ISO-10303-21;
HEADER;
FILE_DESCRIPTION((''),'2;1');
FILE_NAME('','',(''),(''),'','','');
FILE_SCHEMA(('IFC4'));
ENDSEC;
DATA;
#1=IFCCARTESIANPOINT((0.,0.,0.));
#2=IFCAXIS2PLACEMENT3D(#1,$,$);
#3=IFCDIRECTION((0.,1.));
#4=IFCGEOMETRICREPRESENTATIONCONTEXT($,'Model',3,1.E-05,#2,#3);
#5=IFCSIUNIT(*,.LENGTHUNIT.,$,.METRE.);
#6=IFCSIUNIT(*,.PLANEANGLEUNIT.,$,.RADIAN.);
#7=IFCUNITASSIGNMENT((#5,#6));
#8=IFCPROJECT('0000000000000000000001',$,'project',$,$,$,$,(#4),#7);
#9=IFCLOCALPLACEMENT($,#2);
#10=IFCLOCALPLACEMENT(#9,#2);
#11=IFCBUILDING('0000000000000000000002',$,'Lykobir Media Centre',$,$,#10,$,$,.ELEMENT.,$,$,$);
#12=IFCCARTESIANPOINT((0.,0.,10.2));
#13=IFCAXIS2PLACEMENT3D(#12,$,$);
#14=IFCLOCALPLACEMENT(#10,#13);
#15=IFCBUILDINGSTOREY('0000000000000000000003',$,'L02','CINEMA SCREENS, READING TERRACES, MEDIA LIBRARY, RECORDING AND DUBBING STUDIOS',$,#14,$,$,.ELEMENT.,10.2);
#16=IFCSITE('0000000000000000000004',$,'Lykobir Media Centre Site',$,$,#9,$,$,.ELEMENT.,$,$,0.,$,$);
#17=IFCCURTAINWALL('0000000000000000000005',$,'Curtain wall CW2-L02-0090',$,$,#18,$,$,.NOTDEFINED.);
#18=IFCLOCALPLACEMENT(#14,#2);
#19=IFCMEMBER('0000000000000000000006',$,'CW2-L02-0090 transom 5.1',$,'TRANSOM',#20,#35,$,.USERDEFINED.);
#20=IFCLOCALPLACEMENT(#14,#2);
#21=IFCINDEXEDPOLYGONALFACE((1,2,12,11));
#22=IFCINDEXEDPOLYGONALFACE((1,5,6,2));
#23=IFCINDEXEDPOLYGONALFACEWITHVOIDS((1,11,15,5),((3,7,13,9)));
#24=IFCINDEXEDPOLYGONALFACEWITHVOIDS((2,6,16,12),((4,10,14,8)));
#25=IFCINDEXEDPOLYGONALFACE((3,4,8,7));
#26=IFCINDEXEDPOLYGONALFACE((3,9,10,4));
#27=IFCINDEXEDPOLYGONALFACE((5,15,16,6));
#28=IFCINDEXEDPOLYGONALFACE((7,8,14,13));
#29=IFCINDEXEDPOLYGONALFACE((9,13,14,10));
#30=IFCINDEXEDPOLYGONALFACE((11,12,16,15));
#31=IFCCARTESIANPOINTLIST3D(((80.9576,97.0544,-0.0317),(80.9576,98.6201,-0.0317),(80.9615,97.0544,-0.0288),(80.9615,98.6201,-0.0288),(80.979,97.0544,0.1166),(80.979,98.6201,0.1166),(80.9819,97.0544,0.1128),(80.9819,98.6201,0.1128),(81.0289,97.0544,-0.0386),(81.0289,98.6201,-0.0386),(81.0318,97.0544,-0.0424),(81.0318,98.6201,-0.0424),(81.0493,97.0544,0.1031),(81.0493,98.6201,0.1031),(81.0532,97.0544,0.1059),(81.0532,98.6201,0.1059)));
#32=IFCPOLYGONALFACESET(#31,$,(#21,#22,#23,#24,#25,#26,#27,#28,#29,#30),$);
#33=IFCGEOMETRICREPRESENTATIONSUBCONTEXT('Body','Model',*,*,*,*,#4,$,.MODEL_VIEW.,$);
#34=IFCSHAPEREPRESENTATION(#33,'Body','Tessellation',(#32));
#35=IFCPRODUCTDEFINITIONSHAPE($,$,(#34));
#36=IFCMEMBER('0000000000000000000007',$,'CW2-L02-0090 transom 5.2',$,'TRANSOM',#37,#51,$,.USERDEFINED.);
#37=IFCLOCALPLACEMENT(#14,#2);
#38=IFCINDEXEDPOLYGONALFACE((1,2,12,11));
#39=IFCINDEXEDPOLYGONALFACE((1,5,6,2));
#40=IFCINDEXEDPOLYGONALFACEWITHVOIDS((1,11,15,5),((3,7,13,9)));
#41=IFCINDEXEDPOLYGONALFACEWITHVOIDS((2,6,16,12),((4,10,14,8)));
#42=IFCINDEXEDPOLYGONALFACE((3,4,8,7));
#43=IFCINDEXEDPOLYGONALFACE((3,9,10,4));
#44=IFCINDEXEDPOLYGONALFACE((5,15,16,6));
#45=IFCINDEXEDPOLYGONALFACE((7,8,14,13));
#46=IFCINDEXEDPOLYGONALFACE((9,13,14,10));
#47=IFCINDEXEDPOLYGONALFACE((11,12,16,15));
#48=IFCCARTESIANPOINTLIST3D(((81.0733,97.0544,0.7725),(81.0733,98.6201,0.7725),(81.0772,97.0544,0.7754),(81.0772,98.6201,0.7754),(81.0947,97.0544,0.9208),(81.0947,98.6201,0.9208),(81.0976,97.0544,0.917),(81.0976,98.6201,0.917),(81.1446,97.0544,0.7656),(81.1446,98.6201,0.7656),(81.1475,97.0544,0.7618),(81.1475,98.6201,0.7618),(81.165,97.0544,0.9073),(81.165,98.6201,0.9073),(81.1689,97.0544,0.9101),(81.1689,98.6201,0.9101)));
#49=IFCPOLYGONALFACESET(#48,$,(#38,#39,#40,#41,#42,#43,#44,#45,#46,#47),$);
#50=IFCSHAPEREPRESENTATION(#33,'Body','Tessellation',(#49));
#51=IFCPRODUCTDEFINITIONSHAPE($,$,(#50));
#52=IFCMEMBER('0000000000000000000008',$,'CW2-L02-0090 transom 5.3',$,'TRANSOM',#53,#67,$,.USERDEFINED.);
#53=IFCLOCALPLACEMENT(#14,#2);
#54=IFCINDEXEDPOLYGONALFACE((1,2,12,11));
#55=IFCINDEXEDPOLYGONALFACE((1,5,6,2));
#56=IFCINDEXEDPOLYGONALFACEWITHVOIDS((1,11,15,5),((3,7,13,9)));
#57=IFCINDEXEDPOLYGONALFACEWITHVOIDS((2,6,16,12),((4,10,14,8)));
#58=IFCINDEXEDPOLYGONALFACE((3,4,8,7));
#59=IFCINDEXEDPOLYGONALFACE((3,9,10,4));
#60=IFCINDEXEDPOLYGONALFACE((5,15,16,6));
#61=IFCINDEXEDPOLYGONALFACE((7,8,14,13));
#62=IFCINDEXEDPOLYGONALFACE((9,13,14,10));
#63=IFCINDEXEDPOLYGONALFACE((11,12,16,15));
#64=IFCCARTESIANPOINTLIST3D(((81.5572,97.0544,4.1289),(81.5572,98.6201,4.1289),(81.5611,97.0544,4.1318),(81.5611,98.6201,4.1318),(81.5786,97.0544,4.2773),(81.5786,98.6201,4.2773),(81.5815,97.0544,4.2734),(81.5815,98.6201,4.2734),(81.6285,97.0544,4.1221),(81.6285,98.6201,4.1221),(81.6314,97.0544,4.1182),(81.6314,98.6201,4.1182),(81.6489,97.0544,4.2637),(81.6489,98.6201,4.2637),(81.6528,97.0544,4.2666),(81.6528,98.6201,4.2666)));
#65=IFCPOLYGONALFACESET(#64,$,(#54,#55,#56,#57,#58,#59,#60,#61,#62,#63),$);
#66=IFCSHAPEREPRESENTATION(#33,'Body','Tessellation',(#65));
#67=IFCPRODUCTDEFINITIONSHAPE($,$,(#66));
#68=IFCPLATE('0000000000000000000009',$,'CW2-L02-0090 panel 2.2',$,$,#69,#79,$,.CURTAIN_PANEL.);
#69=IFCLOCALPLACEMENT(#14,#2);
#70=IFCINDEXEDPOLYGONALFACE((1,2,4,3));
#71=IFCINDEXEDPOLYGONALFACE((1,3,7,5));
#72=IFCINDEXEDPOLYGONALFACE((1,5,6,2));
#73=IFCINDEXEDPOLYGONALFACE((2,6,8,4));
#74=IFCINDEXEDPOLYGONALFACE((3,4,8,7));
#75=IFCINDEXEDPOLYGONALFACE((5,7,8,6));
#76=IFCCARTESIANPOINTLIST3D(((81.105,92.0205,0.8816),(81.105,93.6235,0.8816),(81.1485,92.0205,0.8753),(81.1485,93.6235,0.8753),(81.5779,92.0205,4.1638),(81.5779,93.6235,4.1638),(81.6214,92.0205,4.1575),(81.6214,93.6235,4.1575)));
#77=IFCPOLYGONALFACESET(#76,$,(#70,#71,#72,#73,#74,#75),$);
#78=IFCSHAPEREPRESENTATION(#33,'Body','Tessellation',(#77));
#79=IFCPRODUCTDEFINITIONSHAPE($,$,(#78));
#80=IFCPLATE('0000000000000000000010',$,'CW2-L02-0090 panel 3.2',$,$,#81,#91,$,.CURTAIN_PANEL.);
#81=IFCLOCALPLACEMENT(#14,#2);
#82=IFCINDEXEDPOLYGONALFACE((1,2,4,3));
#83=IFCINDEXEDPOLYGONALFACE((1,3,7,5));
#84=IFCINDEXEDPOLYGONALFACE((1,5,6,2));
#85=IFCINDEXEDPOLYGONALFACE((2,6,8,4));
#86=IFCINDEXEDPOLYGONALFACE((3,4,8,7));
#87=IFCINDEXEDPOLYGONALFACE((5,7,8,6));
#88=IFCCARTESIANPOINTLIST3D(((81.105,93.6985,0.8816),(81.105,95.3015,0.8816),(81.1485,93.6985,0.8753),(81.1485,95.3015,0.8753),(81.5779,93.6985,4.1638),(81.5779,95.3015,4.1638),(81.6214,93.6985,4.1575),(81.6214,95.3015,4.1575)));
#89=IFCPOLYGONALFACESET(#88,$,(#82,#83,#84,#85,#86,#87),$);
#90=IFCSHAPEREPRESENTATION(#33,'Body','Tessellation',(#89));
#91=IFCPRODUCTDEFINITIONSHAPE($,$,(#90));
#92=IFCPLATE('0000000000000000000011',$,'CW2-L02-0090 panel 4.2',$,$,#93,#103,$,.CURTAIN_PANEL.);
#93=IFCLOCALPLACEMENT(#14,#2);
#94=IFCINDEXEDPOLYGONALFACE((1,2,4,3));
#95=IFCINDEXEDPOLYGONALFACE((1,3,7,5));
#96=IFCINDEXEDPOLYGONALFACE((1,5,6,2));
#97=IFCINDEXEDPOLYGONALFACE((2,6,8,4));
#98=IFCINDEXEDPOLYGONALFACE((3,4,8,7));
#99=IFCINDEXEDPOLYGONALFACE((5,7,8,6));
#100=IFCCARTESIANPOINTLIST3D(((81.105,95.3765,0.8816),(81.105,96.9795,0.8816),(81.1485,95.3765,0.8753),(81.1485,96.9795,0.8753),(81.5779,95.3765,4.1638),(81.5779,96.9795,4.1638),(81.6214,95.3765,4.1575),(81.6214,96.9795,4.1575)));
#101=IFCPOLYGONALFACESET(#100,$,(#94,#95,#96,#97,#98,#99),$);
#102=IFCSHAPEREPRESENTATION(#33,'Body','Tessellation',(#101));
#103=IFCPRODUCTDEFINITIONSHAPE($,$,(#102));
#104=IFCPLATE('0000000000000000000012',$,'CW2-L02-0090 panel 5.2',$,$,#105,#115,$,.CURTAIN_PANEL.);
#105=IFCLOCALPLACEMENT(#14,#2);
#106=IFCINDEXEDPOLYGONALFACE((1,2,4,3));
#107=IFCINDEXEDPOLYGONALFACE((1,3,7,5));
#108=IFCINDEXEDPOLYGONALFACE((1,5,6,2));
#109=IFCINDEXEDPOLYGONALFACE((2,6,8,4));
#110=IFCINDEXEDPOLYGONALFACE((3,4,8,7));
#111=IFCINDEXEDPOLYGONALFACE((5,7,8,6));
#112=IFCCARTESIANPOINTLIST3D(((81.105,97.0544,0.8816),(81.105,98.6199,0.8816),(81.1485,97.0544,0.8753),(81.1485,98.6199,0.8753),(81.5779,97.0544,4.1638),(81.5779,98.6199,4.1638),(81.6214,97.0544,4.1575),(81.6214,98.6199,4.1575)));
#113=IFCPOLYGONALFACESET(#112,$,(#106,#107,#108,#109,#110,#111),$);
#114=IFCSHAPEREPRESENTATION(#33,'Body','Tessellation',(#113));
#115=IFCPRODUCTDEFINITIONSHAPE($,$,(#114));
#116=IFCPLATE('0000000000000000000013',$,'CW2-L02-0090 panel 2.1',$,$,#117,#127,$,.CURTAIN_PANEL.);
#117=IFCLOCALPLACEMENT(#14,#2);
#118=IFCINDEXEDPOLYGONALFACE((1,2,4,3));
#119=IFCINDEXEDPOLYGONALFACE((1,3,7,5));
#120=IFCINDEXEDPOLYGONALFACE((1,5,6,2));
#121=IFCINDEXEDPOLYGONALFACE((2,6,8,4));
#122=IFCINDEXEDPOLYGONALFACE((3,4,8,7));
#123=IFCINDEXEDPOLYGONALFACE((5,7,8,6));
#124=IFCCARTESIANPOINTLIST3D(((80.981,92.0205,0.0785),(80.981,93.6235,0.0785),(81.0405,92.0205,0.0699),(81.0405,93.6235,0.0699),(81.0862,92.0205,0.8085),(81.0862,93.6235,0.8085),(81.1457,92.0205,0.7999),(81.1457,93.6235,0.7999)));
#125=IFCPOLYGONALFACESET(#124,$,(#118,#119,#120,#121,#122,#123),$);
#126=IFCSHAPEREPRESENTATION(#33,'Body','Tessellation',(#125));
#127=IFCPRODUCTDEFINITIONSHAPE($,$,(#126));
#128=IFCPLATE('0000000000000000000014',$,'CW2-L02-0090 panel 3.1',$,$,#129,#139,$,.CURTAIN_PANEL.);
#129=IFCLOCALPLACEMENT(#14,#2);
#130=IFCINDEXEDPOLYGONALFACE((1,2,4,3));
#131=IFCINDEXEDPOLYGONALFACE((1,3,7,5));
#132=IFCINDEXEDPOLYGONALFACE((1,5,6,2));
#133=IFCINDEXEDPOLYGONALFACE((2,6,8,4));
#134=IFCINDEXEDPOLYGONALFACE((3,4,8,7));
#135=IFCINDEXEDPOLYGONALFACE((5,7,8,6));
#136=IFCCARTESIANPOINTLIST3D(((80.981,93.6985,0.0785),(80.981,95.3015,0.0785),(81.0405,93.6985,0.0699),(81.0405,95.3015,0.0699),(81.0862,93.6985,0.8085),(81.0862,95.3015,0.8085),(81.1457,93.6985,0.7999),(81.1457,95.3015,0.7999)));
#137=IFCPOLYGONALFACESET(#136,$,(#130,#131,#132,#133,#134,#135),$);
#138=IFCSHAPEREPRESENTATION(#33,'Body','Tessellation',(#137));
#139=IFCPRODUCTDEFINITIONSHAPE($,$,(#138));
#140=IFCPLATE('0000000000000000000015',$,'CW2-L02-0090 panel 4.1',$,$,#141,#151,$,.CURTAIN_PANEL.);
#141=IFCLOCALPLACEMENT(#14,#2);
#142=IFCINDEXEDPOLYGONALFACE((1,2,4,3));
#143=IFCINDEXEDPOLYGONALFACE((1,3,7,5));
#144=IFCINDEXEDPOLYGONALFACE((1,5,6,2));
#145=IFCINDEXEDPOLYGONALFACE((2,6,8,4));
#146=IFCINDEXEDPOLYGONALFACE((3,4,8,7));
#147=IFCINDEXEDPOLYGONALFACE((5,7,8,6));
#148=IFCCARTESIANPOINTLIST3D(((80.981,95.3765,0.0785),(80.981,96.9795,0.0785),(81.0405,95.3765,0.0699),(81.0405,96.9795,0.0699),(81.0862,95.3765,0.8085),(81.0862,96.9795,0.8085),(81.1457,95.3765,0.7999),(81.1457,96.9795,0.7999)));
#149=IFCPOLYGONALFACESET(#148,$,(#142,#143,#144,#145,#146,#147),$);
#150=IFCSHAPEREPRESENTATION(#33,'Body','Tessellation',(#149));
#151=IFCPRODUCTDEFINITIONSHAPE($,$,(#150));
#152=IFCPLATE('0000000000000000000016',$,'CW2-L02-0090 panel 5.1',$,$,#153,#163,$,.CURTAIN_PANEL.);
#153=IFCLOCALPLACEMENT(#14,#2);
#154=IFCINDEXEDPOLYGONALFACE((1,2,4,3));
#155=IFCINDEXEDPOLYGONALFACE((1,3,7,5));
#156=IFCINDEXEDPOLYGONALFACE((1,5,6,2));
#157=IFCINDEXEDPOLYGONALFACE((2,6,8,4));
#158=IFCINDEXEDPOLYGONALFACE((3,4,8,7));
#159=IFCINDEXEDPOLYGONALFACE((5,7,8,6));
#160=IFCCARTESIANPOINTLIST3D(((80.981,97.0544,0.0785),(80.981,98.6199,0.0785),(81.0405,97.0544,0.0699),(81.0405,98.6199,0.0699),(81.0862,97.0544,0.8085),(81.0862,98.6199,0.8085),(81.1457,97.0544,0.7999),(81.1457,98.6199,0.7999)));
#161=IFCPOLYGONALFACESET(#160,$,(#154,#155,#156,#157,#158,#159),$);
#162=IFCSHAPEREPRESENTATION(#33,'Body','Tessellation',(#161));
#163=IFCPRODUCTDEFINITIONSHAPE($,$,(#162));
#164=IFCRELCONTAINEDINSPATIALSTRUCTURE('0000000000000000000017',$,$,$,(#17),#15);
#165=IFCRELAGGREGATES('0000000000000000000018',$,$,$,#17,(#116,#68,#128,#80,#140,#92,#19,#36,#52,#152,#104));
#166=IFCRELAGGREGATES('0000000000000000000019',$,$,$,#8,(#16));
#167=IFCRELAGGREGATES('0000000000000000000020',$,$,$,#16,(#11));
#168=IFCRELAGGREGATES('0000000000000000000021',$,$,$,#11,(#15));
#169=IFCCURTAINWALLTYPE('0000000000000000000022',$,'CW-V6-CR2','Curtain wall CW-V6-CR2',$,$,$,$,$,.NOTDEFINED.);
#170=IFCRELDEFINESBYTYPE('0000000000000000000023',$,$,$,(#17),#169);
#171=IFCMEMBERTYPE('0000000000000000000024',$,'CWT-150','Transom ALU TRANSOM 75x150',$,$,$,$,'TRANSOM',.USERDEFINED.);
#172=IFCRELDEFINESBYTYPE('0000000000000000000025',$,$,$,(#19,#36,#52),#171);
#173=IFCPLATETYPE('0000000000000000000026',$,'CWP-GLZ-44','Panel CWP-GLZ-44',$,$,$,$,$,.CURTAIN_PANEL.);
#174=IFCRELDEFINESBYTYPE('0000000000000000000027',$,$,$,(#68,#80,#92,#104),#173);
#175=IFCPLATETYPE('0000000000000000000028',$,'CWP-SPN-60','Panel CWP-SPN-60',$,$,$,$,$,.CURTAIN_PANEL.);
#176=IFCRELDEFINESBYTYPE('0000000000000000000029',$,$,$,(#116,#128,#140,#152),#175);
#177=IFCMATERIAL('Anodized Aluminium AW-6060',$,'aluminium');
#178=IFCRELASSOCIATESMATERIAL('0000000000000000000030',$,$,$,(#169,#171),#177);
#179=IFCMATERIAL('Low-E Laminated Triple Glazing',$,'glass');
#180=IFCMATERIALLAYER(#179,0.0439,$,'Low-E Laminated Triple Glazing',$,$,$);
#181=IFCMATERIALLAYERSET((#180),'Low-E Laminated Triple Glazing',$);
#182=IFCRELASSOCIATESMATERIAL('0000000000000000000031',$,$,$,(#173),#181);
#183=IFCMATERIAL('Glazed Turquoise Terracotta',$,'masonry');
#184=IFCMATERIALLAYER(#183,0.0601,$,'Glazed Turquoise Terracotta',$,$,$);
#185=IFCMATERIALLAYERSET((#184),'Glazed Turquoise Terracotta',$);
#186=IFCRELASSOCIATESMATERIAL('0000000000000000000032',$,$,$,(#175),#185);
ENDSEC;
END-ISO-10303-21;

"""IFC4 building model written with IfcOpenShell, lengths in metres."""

from ifc_helpers import new_model, si_unit, direction, frame, origin, origin_2d, place, context, subcontext, project, spatial, rectangle, hollow_rectangle, extrude, material, layer, layer_set, material_profile, profile_set, type_object, element, aggregate, save


model = new_model("IFC4")

# Units and contexts
model_context = context("Model", 3, precision=1e-05, world=origin(), true_north=direction((0.0, 1.0)))
body_context = subcontext(model_context, "Body", "Model", "MODEL_VIEW")
ifc_project = project(units=[si_unit("LENGTHUNIT", "METRE"), si_unit("PLANEANGLEUNIT", "RADIAN")], contexts=[model_context])

# Site, building, storey
site_placement = place(None, origin())
site = spatial("IfcSite", under=ifc_project, at=site_placement, Name="Lykobir Media Centre Site", CompositionType="ELEMENT", RefElevation=0.0)
building_placement = place(site_placement, origin())
building = spatial("IfcBuilding", under=site, at=building_placement, Name="Lykobir Media Centre", CompositionType="ELEMENT")
storey_placement = place(building_placement, frame((0.0, 0.0, 10.2)))
storey = spatial("IfcBuildingStorey", under=building, at=storey_placement, Name="L02", Description="CINEMA SCREENS, READING TERRACES, MEDIA LIBRARY, RECORDING AND DUBBING STUDIOS", CompositionType="ELEMENT", Elevation=10.2)

# Curtain wall, members, plates
ifc_material_1 = material(Name="Anodized Aluminium AW-6060", Category="aluminium")
curtain_wall_type = type_object("IfcCurtainWallType", Name="CW-V6-CR2", Description="Curtain wall CW-V6-CR2", PredefinedType="NOTDEFINED", material=ifc_material_1)
curtain_wall_placement = place(storey_placement, origin())
curtain_wall = element("IfcCurtainWall", 1, at=curtain_wall_placement, inside=storey, type_object=curtain_wall_type, Name="Curtain wall CW2-L02-0090", PredefinedType="NOTDEFINED")
ifc_material_profile_1 = material_profile(ifc_material_1, hollow_rectangle(XDim=0.075, YDim=0.1499, WallThickness=0.0034, at=origin_2d()), Name="ALU TRANSOM 75x150")
ifc_profile_set_1 = profile_set([ifc_material_profile_1], Name="Anodized Aluminium AW-6060")
member_type_1 = type_object("IfcMemberType", Name="CWT-150", Description="Transom ALU TRANSOM 75x150", ElementType="TRANSOM", PredefinedType="USERDEFINED", material=ifc_profile_set_1)
member_1_placement = place(storey_placement, frame((81.0054, 97.0544, 0.0371), z_axis=(0.0, 1.0, 0.0), x_axis=(-0.989776, 0.0, 0.142629)))
member_1 = element("IfcMember", 2, at=member_1_placement, type_object=member_type_1, Name="CW2-L02-0090 transom 5.1", ObjectType="TRANSOM", PredefinedType="USERDEFINED", context=body_context, shape_type="SweptSolid", body=[
    extrude(hollow_rectangle(XDim=0.075, YDim=0.1499, WallThickness=0.0034, at=origin_2d()), origin(), (0.0, 0.0, 1.0), 1.5657),
])
member_2_placement = place(storey_placement, frame((81.1211, 97.0544, 0.8413), z_axis=(0.0, 1.0, 0.0), x_axis=(-0.989776, 0.0, 0.142629)))
member_2 = element("IfcMember", 3, at=member_2_placement, type_object=member_type_1, Name="CW2-L02-0090 transom 5.2", ObjectType="TRANSOM", PredefinedType="USERDEFINED", context=body_context, shape_type="SweptSolid", body=[
    extrude(hollow_rectangle(XDim=0.075, YDim=0.1499, WallThickness=0.0034, at=origin_2d()), origin(), (0.0, 0.0, 1.0), 1.5657),
])
member_3_placement = place(storey_placement, frame((81.605, 97.0544, 4.1978), z_axis=(0.0, 1.0, 0.0), x_axis=(-0.989776, 0.0, 0.142629)))
member_3 = element("IfcMember", 4, at=member_3_placement, type_object=member_type_1, Name="CW2-L02-0090 transom 5.3", ObjectType="TRANSOM", PredefinedType="USERDEFINED", context=body_context, shape_type="SweptSolid", body=[
    extrude(hollow_rectangle(XDim=0.075, YDim=0.1499, WallThickness=0.0034, at=origin_2d()), origin(), (0.0, 0.0, 1.0), 1.5657),
])
ifc_material_2 = material(Name="Low-E Laminated Triple Glazing", Category="glass")
ifc_layer_1 = layer(ifc_material_2, 0.0439, Name="Low-E Laminated Triple Glazing")
ifc_layer_set_1 = layer_set([ifc_layer_1], Name="Low-E Laminated Triple Glazing")
plate_type_1 = type_object("IfcPlateType", Name="CWP-GLZ-44", Description="Panel CWP-GLZ-44", PredefinedType="CURTAIN_PANEL", material=ifc_layer_set_1)
plate_1_placement = place(storey_placement, frame((81.1267, 92.822, 0.8784), z_axis=(0.142629, 0.0, 0.989776), x_axis=(0.0, 1.0, 0.0)))
plate_1 = element("IfcPlate", 5, at=plate_1_placement, type_object=plate_type_1, Name="CW2-L02-0090 panel 2.2", PredefinedType="CURTAIN_PANEL", context=body_context, shape_type="SweptSolid", body=[
    extrude(rectangle(XDim=1.603, YDim=0.0439, at=origin_2d()), origin(), (0.0, 0.0, 1.0), 3.3162),
])
plate_2_placement = place(storey_placement, frame((81.1267, 94.5, 0.8784), z_axis=(0.142629, 0.0, 0.989776), x_axis=(0.0, 1.0, 0.0)))
plate_2 = element("IfcPlate", 6, at=plate_2_placement, type_object=plate_type_1, Name="CW2-L02-0090 panel 3.2", PredefinedType="CURTAIN_PANEL", context=body_context, shape_type="SweptSolid", body=[
    extrude(rectangle(XDim=1.603, YDim=0.0439, at=origin_2d()), origin(), (0.0, 0.0, 1.0), 3.3162),
])
plate_3_placement = place(storey_placement, frame((81.1267, 96.178, 0.8784), z_axis=(0.142629, 0.0, 0.989776), x_axis=(0.0, 1.0, 0.0)))
plate_3 = element("IfcPlate", 7, at=plate_3_placement, type_object=plate_type_1, Name="CW2-L02-0090 panel 4.2", PredefinedType="CURTAIN_PANEL", context=body_context, shape_type="SweptSolid", body=[
    extrude(rectangle(XDim=1.603, YDim=0.0439, at=origin_2d()), origin(), (0.0, 0.0, 1.0), 3.3162),
])
plate_4_placement = place(storey_placement, frame((81.1267, 97.8372, 0.8784), z_axis=(0.142629, 0.0, 0.989776), x_axis=(0.0, 1.0, 0.0)))
plate_4 = element("IfcPlate", 8, at=plate_4_placement, type_object=plate_type_1, Name="CW2-L02-0090 panel 5.2", PredefinedType="CURTAIN_PANEL", context=body_context, shape_type="SweptSolid", body=[
    extrude(rectangle(XDim=1.5654, YDim=0.0439, at=origin_2d()), origin(), (0.0, 0.0, 1.0), 3.3162),
])
ifc_material_3 = material(Name="Glazed Turquoise Terracotta", Category="masonry")
ifc_layer_2 = layer(ifc_material_3, 0.0601, Name="Glazed Turquoise Terracotta")
ifc_layer_set_2 = layer_set([ifc_layer_2], Name="Glazed Turquoise Terracotta")
plate_type_2 = type_object("IfcPlateType", Name="CWP-SPN-60", Description="Panel CWP-SPN-60", PredefinedType="CURTAIN_PANEL", material=ifc_layer_set_2)
plate_5_placement = place(storey_placement, frame((81.0107, 92.822, 0.0742), z_axis=(0.142629, 0.0, 0.989776), x_axis=(0.0, 1.0, 0.0)))
plate_5 = element("IfcPlate", 9, at=plate_5_placement, type_object=plate_type_2, Name="CW2-L02-0090 panel 2.1", PredefinedType="CURTAIN_PANEL", context=body_context, shape_type="SweptSolid", body=[
    extrude(rectangle(XDim=1.603, YDim=0.0601, at=origin_2d()), origin(), (0.0, 0.0, 1.0), 0.7375),
])
plate_6_placement = place(storey_placement, frame((81.0107, 94.5, 0.0742), z_axis=(0.142629, 0.0, 0.989776), x_axis=(0.0, 1.0, 0.0)))
plate_6 = element("IfcPlate", 10, at=plate_6_placement, type_object=plate_type_2, Name="CW2-L02-0090 panel 3.1", PredefinedType="CURTAIN_PANEL", context=body_context, shape_type="SweptSolid", body=[
    extrude(rectangle(XDim=1.603, YDim=0.0601, at=origin_2d()), origin(), (0.0, 0.0, 1.0), 0.7375),
])
plate_7_placement = place(storey_placement, frame((81.0107, 96.178, 0.0742), z_axis=(0.142629, 0.0, 0.989776), x_axis=(0.0, 1.0, 0.0)))
plate_7 = element("IfcPlate", 11, at=plate_7_placement, type_object=plate_type_2, Name="CW2-L02-0090 panel 4.1", PredefinedType="CURTAIN_PANEL", context=body_context, shape_type="SweptSolid", body=[
    extrude(rectangle(XDim=1.603, YDim=0.0601, at=origin_2d()), origin(), (0.0, 0.0, 1.0), 0.7375),
])
plate_8_placement = place(storey_placement, frame((81.0107, 97.8372, 0.0742), z_axis=(0.142629, 0.0, 0.989776), x_axis=(0.0, 1.0, 0.0)))
plate_8 = element("IfcPlate", 12, at=plate_8_placement, type_object=plate_type_2, Name="CW2-L02-0090 panel 5.1", PredefinedType="CURTAIN_PANEL", context=body_context, shape_type="SweptSolid", body=[
    extrude(rectangle(XDim=1.5654, YDim=0.0601, at=origin_2d()), origin(), (0.0, 0.0, 1.0), 0.7375),
])
aggregate(curtain_wall, [plate_5, plate_1, plate_6, plate_2, plate_7, plate_3, member_1, member_2, member_3, plate_8, plate_4])

save(model, "model.ifc")
